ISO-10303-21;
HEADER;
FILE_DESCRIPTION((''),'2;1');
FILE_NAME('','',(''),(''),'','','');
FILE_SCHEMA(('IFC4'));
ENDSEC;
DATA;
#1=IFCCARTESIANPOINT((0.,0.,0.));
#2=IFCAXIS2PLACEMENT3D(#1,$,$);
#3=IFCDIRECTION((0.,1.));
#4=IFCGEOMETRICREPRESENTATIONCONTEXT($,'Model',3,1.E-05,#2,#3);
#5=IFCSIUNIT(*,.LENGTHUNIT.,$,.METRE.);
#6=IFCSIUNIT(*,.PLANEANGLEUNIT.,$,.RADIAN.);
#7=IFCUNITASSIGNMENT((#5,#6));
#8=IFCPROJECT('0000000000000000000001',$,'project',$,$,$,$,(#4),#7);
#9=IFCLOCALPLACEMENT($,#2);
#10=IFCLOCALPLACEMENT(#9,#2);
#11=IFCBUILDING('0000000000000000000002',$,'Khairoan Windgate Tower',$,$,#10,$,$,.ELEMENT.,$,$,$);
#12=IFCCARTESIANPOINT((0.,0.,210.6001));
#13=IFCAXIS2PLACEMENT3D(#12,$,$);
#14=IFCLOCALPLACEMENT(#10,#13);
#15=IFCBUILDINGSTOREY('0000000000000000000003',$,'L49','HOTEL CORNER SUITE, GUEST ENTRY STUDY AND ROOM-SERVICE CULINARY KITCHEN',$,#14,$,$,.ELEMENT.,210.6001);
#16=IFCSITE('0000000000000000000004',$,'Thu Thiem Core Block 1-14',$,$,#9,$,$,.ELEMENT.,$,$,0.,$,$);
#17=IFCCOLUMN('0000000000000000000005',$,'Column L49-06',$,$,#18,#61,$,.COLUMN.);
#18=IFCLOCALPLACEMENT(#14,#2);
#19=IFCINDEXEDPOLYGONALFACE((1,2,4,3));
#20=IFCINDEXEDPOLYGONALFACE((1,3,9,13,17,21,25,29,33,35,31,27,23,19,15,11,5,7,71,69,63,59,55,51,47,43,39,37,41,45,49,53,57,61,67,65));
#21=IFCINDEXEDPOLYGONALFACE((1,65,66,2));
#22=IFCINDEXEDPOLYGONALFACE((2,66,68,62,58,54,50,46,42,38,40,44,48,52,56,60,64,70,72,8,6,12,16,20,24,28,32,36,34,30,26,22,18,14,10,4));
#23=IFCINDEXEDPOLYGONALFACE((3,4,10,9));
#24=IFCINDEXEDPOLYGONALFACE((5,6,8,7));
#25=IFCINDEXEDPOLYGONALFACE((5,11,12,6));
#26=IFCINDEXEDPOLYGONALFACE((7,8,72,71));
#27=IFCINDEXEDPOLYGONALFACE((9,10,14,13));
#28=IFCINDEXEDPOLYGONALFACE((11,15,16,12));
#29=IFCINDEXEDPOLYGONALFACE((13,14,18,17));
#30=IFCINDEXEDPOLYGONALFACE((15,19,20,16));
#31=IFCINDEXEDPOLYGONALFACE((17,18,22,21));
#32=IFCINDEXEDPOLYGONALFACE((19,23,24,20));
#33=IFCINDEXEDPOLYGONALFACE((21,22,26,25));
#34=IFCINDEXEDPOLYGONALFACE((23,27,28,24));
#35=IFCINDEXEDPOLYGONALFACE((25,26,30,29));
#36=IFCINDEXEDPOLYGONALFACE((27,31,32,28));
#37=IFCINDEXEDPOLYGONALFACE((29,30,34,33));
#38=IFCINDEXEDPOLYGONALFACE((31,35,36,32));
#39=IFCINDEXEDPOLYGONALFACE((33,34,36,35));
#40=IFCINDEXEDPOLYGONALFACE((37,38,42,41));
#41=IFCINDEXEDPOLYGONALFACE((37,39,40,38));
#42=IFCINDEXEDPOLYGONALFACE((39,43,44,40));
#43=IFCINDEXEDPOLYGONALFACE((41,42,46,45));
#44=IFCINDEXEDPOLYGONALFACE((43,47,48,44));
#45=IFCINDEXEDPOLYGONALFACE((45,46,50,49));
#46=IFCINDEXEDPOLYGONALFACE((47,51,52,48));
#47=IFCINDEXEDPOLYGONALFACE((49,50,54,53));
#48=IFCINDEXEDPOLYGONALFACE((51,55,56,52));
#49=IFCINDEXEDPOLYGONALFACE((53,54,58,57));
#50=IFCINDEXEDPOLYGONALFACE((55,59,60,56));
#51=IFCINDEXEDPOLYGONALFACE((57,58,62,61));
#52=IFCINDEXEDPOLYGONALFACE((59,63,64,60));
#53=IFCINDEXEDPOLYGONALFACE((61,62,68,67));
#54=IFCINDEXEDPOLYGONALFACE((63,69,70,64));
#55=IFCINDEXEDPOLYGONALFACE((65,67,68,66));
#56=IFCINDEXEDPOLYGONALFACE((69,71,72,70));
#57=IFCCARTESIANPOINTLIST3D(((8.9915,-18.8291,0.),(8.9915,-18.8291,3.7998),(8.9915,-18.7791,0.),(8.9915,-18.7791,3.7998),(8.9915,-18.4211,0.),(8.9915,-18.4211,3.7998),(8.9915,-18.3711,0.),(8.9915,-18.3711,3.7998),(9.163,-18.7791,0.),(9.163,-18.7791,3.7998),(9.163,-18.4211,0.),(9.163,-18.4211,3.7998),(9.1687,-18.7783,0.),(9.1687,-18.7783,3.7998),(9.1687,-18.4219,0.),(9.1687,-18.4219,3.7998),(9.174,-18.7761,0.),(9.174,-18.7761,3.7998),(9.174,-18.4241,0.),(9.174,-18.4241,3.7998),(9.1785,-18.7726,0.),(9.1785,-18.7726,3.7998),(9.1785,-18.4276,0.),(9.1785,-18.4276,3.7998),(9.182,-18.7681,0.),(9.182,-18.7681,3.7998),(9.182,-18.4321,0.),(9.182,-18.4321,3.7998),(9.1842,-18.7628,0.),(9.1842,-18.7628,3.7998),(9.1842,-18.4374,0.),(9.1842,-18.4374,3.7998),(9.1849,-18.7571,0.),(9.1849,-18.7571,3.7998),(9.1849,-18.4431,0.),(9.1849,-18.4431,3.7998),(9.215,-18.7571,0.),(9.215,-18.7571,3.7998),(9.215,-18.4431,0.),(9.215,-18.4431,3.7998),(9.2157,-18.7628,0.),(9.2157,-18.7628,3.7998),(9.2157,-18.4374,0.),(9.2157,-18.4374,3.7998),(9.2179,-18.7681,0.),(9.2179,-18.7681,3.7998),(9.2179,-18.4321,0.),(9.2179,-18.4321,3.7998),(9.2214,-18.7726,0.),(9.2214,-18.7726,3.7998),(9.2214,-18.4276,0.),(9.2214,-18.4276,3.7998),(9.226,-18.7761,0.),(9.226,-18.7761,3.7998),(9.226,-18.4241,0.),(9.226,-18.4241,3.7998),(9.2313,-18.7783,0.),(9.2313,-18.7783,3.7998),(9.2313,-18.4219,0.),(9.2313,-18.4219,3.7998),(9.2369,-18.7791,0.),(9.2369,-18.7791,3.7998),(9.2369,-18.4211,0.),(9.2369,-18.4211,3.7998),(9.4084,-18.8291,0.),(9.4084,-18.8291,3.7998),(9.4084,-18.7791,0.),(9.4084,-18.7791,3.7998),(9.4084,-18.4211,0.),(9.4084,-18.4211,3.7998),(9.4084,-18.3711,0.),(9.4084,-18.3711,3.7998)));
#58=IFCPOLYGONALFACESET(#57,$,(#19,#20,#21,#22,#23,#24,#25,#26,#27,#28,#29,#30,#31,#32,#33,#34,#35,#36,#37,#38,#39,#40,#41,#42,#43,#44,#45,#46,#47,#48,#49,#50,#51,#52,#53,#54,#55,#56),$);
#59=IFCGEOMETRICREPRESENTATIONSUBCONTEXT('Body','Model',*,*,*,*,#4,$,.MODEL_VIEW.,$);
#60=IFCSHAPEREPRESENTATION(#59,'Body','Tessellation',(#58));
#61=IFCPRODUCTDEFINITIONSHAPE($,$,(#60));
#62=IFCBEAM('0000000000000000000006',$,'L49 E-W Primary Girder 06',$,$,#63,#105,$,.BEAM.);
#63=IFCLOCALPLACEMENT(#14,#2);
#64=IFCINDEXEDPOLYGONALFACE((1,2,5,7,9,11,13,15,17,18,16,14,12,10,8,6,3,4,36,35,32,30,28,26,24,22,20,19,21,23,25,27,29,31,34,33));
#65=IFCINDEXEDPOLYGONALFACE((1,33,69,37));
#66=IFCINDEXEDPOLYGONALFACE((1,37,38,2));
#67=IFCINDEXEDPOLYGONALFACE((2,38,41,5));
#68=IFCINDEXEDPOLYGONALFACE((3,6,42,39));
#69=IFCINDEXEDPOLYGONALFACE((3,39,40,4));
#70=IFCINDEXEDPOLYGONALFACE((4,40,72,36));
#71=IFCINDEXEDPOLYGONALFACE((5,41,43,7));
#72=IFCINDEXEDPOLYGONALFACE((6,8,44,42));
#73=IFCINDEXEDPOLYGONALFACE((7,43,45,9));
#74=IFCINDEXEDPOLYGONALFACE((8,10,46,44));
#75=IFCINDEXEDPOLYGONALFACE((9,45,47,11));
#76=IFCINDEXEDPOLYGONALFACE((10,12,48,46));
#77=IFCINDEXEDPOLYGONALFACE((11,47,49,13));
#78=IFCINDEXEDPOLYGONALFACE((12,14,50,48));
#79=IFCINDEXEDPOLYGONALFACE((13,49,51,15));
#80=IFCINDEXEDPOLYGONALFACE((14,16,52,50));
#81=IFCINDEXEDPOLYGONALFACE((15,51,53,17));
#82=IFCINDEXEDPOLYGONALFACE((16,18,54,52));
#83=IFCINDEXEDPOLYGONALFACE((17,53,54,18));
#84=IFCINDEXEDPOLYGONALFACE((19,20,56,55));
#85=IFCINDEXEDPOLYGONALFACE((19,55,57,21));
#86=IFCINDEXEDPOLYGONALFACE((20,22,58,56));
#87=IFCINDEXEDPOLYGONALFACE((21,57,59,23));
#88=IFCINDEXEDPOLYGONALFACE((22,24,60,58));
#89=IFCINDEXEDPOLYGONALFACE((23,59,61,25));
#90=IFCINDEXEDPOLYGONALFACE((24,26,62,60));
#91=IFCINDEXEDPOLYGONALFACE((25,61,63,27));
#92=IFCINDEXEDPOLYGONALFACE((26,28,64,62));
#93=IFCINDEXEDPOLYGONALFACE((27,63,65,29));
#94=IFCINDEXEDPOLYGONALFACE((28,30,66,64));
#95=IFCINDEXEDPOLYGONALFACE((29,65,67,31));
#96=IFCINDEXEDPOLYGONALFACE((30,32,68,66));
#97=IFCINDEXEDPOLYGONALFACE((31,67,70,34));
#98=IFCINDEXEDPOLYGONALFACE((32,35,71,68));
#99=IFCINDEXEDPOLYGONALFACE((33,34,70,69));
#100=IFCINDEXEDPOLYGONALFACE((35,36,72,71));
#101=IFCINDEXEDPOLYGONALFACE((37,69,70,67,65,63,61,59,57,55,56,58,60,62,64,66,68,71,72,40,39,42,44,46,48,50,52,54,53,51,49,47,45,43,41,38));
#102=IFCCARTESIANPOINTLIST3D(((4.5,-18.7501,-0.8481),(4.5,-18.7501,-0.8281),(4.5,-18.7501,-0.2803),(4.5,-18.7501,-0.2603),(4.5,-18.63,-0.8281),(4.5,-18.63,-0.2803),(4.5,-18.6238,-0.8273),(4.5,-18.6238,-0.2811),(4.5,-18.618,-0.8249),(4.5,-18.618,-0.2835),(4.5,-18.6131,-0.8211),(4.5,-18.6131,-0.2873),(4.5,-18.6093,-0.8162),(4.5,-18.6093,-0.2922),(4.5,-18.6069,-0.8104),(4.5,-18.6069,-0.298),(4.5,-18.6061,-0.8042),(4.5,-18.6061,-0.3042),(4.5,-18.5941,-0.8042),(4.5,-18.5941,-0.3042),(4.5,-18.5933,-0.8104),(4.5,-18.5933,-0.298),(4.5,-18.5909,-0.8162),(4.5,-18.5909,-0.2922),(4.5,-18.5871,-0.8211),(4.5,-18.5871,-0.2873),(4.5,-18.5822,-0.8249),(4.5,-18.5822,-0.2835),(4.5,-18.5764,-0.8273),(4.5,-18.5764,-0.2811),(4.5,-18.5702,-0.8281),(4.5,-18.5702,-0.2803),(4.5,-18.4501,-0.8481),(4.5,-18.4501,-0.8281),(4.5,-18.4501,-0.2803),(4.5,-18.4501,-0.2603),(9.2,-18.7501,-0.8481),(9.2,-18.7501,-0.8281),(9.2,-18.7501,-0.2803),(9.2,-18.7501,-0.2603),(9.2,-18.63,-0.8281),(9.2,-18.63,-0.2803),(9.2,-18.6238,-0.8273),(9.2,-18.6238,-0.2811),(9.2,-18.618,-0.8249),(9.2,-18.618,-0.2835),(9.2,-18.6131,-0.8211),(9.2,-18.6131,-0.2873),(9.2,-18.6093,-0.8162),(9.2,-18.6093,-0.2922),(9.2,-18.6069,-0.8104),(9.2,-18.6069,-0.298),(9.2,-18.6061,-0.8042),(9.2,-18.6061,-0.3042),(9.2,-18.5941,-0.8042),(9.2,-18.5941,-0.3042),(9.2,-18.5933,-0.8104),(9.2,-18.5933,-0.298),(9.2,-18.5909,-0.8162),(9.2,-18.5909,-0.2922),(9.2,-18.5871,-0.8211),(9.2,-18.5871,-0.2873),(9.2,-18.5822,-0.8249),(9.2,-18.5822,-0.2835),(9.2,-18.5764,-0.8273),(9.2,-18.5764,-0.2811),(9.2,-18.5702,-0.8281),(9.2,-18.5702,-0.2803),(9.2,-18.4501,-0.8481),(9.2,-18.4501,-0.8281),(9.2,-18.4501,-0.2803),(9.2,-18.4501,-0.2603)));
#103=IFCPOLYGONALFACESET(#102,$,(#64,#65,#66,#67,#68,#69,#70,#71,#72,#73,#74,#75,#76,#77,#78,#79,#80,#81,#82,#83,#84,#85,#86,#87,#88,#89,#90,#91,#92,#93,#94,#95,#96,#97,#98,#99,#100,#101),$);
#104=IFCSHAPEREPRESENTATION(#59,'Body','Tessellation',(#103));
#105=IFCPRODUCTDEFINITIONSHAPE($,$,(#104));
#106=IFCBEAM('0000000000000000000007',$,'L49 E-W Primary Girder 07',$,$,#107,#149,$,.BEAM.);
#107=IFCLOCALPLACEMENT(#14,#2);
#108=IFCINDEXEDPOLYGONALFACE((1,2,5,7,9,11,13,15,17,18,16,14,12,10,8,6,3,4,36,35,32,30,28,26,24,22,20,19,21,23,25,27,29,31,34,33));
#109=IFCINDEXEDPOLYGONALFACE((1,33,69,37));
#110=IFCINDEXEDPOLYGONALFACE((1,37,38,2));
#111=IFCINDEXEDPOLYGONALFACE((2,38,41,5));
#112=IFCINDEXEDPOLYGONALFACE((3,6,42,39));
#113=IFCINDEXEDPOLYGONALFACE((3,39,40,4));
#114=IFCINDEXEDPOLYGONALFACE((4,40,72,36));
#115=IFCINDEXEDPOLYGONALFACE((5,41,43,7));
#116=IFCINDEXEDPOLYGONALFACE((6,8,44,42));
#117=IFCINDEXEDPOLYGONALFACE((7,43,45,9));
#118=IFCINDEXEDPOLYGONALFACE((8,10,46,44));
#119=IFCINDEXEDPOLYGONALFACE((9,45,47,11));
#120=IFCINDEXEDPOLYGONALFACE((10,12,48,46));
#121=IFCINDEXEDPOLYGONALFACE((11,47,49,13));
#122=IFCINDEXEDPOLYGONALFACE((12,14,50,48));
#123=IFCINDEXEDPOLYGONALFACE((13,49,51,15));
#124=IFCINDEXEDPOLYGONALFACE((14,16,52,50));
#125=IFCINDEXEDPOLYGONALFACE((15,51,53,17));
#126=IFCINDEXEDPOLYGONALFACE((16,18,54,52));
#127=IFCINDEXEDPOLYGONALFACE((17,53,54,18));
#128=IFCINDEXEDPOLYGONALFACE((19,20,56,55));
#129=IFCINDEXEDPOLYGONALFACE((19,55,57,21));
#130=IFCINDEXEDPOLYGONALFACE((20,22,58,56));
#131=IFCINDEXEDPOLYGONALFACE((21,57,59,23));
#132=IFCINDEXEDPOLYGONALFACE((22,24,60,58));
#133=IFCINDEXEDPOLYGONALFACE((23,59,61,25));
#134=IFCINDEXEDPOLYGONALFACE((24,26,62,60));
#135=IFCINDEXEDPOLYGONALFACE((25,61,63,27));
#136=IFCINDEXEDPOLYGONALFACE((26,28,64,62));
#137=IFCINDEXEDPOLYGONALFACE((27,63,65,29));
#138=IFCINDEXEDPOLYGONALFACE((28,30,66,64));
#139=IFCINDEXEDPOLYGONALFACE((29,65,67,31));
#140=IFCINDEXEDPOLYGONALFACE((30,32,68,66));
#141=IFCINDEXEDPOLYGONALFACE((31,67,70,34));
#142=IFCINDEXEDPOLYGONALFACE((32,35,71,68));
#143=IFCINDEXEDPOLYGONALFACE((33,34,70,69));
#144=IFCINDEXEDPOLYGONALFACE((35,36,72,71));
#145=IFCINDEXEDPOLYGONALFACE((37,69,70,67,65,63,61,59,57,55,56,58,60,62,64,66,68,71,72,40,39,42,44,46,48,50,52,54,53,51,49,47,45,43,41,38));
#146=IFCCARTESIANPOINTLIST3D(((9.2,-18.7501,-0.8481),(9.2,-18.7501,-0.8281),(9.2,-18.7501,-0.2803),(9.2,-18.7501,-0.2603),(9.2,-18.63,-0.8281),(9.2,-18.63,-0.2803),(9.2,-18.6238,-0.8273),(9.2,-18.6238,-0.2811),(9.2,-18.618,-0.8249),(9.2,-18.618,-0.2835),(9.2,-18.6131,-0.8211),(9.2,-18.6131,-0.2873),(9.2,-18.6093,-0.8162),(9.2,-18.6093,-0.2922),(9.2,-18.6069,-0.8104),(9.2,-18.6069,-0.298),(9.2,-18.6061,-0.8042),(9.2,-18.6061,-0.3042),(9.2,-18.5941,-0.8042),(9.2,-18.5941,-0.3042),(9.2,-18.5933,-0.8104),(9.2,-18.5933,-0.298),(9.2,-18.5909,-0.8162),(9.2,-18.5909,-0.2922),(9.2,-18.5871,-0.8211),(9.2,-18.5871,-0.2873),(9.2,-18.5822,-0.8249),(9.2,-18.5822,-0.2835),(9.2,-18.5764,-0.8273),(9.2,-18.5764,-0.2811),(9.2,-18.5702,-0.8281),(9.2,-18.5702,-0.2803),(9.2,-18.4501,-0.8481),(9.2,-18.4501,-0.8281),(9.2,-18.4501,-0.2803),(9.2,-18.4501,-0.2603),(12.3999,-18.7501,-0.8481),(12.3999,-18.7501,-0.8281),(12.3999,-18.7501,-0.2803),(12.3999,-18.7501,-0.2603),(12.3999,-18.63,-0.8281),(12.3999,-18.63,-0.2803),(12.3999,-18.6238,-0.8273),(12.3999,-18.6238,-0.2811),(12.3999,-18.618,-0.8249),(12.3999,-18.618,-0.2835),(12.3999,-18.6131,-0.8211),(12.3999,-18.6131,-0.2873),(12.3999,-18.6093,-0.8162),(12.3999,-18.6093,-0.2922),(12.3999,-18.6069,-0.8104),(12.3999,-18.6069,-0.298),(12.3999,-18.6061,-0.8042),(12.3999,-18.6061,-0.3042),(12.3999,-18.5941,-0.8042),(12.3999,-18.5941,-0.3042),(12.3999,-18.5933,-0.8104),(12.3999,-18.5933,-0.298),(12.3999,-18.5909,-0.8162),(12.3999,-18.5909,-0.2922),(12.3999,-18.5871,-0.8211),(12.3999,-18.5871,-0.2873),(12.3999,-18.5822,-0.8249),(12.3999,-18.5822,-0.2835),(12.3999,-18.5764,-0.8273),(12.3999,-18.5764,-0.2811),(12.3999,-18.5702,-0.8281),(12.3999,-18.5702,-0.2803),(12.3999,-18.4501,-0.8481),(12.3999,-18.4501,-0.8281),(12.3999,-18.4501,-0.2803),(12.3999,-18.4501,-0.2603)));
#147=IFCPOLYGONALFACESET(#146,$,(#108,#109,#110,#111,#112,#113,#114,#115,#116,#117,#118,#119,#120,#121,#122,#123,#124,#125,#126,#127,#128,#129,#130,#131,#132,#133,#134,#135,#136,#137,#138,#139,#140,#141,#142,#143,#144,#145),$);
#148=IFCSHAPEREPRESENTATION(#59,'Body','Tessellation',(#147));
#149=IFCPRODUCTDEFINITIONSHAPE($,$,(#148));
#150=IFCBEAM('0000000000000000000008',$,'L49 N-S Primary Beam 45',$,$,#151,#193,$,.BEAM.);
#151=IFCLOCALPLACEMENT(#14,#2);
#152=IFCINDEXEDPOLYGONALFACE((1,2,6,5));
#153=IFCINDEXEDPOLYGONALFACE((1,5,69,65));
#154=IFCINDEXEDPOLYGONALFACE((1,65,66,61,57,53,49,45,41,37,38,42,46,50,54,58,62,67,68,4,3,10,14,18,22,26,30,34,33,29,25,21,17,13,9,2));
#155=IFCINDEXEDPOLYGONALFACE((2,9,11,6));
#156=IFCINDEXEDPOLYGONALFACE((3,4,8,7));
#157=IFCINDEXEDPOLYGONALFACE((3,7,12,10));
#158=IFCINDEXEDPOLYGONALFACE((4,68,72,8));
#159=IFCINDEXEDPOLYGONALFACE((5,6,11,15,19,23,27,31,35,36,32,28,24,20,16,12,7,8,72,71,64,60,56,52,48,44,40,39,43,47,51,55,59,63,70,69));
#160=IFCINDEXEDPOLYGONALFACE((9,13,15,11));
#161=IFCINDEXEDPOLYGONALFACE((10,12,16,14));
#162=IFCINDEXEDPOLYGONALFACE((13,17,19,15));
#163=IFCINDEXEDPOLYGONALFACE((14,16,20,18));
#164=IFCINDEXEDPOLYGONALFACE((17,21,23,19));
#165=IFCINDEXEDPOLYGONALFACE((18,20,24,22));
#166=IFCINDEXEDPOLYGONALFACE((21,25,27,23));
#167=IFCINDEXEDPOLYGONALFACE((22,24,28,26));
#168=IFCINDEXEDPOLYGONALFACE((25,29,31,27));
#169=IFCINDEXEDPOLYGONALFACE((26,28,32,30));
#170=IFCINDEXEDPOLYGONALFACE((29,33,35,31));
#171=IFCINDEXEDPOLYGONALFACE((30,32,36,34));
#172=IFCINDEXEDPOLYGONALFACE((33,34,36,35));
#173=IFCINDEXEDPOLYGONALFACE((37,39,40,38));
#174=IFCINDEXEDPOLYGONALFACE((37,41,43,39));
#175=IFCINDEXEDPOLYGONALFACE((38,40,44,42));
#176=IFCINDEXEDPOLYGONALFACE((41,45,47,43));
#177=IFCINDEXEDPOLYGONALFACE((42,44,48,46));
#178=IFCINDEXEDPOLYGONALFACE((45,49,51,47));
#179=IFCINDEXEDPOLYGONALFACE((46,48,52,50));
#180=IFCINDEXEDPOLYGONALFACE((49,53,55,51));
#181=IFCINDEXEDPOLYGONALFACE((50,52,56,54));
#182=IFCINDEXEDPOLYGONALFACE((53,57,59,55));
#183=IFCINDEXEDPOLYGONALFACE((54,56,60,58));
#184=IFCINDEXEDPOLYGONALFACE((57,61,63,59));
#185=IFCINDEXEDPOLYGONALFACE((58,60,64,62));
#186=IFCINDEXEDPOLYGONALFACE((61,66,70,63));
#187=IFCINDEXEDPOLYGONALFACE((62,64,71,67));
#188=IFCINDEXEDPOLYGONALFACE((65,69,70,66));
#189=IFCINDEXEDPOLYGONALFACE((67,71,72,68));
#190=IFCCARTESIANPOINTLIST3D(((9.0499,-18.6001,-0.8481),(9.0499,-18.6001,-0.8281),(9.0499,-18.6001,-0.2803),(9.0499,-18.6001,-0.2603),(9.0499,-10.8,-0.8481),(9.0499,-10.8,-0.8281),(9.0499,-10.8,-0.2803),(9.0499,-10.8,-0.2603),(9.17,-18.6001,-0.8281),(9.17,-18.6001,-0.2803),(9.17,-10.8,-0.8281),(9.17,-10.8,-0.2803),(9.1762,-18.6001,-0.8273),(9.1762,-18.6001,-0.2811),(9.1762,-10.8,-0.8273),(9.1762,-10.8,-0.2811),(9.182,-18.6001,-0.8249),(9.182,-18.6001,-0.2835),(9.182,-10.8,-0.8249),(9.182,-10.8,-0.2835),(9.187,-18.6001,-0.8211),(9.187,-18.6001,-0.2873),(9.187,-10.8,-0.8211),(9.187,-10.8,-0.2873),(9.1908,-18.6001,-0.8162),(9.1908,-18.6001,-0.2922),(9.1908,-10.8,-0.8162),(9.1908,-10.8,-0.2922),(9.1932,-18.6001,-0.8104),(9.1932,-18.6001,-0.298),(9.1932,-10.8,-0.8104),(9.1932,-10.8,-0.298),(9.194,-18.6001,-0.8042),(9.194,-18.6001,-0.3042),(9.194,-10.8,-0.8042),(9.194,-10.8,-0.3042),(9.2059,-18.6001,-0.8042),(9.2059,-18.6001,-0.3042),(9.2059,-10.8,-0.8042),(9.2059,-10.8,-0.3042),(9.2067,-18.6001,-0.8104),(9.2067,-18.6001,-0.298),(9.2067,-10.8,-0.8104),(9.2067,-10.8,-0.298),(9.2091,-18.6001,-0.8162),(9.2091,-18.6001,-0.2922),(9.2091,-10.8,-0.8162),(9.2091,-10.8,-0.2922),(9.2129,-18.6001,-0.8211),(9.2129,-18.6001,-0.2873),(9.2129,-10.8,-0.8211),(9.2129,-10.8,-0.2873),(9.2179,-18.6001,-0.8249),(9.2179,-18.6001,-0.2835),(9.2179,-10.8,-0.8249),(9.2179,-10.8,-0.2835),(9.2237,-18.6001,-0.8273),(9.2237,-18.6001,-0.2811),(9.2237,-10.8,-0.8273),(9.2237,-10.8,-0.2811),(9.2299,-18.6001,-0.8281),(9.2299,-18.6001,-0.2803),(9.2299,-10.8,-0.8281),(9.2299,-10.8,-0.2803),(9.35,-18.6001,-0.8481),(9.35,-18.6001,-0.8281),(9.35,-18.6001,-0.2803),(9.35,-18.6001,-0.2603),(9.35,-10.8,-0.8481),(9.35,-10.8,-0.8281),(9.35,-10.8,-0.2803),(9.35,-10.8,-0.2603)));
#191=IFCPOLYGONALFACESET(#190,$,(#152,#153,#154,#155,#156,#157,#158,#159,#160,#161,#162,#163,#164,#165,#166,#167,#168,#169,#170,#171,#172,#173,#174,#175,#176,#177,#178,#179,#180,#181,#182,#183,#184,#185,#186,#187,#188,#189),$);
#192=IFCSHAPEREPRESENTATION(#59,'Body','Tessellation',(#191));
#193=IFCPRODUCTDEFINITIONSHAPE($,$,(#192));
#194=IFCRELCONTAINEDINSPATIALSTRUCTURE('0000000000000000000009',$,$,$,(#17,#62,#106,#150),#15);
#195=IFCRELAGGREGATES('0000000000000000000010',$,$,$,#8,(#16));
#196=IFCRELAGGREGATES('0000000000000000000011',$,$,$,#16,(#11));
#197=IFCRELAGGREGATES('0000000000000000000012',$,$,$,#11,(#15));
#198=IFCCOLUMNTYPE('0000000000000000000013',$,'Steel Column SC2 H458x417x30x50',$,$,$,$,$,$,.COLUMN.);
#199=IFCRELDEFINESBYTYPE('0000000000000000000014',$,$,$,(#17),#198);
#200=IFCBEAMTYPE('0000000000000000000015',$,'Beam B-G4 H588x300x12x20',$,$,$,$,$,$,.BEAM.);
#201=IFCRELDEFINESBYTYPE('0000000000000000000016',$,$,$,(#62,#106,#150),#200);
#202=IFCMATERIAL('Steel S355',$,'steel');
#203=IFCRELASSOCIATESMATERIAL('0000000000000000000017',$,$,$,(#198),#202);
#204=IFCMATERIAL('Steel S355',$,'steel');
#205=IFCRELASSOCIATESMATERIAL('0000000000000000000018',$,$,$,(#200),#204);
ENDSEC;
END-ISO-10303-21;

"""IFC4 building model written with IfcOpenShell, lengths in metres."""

from ifc_helpers import new_model, si_unit, direction, frame, origin, origin_2d, place, context, subcontext, project, spatial, i_section, extrude, material, material_profile, profile_set, type_object, element, save


model = new_model("IFC4")

# Units and contexts
model_context = context("Model", 3, precision=1e-05, world=origin(), true_north=direction((0.0, 1.0)))
body_context = subcontext(model_context, "Body", "Model", "MODEL_VIEW")
ifc_project = project(units=[si_unit("LENGTHUNIT", "METRE"), si_unit("PLANEANGLEUNIT", "RADIAN")], contexts=[model_context])

# Site, building, storey
site_placement = place(None, origin())
site = spatial("IfcSite", under=ifc_project, at=site_placement, Name="Thu Thiem Core Block 1-14", CompositionType="ELEMENT", RefElevation=0.0)
building_placement = place(site_placement, origin())
building = spatial("IfcBuilding", under=site, at=building_placement, Name="Khairoan Windgate Tower", CompositionType="ELEMENT")
storey_placement = place(building_placement, frame((0.0, 0.0, 210.6001)))
storey = spatial("IfcBuildingStorey", under=building, at=storey_placement, Name="L49", Description="HOTEL CORNER SUITE, GUEST ENTRY STUDY AND ROOM-SERVICE CULINARY KITCHEN", CompositionType="ELEMENT", Elevation=210.6001)

# Column
ifc_material_1 = material(Name="Steel S355", Category="steel")
ifc_material_profile_1 = material_profile(ifc_material_1, i_section(OverallWidth=0.417, OverallDepth=0.458, WebThickness=0.03, FlangeThickness=0.05, FilletRadius=0.022, at=origin_2d()))
ifc_profile_set_1 = profile_set([ifc_material_profile_1], Name="Steel S355")
column_type = type_object("IfcColumnType", Name="Steel Column SC2 H458x417x30x50", PredefinedType="COLUMN", material=ifc_profile_set_1)
column_placement = place(storey_placement, frame((9.2, -18.6001, 0.0), z_axis=(0.0, 0.0, 1.0), x_axis=(1.0, 0.0, 0.0)))
element("IfcColumn", 1, at=column_placement, inside=storey, type_object=column_type, Name="Column L49-06", PredefinedType="COLUMN", context=body_context, shape_type="SweptSolid", body=[
    extrude(i_section(OverallWidth=0.417, OverallDepth=0.458, WebThickness=0.03, FlangeThickness=0.05, FilletRadius=0.022, at=origin_2d()), origin(), (0.0, 0.0, 1.0), 3.7998),
])

# Beams
ifc_material_2 = material(Name="Steel S355", Category="steel")
ifc_material_profile_2 = material_profile(ifc_material_2, i_section(OverallWidth=0.3, OverallDepth=0.5879, WebThickness=0.012, FlangeThickness=0.02, FilletRadius=0.0239, at=origin_2d()))
ifc_profile_set_2 = profile_set([ifc_material_profile_2], Name="Steel S355")
beam_type_1 = type_object("IfcBeamType", Name="Beam B-G4 H588x300x12x20", PredefinedType="BEAM", material=ifc_profile_set_2)
beam_1_placement = place(storey_placement, frame((4.5, -18.6001, -0.5542), z_axis=(1.0, 0.0, 0.0), x_axis=(0.0, 1.0, 0.0)))
element("IfcBeam", 2, at=beam_1_placement, inside=storey, type_object=beam_type_1, Name="L49 E-W Primary Girder 06", PredefinedType="BEAM", context=body_context, shape_type="SweptSolid", body=[
    extrude(i_section(OverallWidth=0.3, OverallDepth=0.5879, WebThickness=0.012, FlangeThickness=0.02, FilletRadius=0.0239, at=origin_2d()), origin(), (0.0, 0.0, 1.0), 4.7),
])
beam_2_placement = place(storey_placement, frame((9.2, -18.6001, -0.5542), z_axis=(1.0, 0.0, 0.0), x_axis=(0.0, 1.0, 0.0)))
element("IfcBeam", 3, at=beam_2_placement, inside=storey, type_object=beam_type_1, Name="L49 E-W Primary Girder 07", PredefinedType="BEAM", context=body_context, shape_type="SweptSolid", body=[
    extrude(i_section(OverallWidth=0.3, OverallDepth=0.5879, WebThickness=0.012, FlangeThickness=0.02, FilletRadius=0.0239, at=origin_2d()), origin(), (0.0, 0.0, 1.0), 3.2),
])
beam_3_placement = place(storey_placement, frame((9.2, -18.6001, -0.5542), z_axis=(0.0, 1.0, 0.0), x_axis=(-1.0, 0.0, 0.0)))
element("IfcBeam", 4, at=beam_3_placement, inside=storey, type_object=beam_type_1, Name="L49 N-S Primary Beam 45", PredefinedType="BEAM", context=body_context, shape_type="SweptSolid", body=[
    extrude(i_section(OverallWidth=0.3, OverallDepth=0.5879, WebThickness=0.012, FlangeThickness=0.02, FilletRadius=0.0239, at=origin_2d()), origin(), (0.0, 0.0, 1.0), 7.8),
])

save(model, "model.ifc")
